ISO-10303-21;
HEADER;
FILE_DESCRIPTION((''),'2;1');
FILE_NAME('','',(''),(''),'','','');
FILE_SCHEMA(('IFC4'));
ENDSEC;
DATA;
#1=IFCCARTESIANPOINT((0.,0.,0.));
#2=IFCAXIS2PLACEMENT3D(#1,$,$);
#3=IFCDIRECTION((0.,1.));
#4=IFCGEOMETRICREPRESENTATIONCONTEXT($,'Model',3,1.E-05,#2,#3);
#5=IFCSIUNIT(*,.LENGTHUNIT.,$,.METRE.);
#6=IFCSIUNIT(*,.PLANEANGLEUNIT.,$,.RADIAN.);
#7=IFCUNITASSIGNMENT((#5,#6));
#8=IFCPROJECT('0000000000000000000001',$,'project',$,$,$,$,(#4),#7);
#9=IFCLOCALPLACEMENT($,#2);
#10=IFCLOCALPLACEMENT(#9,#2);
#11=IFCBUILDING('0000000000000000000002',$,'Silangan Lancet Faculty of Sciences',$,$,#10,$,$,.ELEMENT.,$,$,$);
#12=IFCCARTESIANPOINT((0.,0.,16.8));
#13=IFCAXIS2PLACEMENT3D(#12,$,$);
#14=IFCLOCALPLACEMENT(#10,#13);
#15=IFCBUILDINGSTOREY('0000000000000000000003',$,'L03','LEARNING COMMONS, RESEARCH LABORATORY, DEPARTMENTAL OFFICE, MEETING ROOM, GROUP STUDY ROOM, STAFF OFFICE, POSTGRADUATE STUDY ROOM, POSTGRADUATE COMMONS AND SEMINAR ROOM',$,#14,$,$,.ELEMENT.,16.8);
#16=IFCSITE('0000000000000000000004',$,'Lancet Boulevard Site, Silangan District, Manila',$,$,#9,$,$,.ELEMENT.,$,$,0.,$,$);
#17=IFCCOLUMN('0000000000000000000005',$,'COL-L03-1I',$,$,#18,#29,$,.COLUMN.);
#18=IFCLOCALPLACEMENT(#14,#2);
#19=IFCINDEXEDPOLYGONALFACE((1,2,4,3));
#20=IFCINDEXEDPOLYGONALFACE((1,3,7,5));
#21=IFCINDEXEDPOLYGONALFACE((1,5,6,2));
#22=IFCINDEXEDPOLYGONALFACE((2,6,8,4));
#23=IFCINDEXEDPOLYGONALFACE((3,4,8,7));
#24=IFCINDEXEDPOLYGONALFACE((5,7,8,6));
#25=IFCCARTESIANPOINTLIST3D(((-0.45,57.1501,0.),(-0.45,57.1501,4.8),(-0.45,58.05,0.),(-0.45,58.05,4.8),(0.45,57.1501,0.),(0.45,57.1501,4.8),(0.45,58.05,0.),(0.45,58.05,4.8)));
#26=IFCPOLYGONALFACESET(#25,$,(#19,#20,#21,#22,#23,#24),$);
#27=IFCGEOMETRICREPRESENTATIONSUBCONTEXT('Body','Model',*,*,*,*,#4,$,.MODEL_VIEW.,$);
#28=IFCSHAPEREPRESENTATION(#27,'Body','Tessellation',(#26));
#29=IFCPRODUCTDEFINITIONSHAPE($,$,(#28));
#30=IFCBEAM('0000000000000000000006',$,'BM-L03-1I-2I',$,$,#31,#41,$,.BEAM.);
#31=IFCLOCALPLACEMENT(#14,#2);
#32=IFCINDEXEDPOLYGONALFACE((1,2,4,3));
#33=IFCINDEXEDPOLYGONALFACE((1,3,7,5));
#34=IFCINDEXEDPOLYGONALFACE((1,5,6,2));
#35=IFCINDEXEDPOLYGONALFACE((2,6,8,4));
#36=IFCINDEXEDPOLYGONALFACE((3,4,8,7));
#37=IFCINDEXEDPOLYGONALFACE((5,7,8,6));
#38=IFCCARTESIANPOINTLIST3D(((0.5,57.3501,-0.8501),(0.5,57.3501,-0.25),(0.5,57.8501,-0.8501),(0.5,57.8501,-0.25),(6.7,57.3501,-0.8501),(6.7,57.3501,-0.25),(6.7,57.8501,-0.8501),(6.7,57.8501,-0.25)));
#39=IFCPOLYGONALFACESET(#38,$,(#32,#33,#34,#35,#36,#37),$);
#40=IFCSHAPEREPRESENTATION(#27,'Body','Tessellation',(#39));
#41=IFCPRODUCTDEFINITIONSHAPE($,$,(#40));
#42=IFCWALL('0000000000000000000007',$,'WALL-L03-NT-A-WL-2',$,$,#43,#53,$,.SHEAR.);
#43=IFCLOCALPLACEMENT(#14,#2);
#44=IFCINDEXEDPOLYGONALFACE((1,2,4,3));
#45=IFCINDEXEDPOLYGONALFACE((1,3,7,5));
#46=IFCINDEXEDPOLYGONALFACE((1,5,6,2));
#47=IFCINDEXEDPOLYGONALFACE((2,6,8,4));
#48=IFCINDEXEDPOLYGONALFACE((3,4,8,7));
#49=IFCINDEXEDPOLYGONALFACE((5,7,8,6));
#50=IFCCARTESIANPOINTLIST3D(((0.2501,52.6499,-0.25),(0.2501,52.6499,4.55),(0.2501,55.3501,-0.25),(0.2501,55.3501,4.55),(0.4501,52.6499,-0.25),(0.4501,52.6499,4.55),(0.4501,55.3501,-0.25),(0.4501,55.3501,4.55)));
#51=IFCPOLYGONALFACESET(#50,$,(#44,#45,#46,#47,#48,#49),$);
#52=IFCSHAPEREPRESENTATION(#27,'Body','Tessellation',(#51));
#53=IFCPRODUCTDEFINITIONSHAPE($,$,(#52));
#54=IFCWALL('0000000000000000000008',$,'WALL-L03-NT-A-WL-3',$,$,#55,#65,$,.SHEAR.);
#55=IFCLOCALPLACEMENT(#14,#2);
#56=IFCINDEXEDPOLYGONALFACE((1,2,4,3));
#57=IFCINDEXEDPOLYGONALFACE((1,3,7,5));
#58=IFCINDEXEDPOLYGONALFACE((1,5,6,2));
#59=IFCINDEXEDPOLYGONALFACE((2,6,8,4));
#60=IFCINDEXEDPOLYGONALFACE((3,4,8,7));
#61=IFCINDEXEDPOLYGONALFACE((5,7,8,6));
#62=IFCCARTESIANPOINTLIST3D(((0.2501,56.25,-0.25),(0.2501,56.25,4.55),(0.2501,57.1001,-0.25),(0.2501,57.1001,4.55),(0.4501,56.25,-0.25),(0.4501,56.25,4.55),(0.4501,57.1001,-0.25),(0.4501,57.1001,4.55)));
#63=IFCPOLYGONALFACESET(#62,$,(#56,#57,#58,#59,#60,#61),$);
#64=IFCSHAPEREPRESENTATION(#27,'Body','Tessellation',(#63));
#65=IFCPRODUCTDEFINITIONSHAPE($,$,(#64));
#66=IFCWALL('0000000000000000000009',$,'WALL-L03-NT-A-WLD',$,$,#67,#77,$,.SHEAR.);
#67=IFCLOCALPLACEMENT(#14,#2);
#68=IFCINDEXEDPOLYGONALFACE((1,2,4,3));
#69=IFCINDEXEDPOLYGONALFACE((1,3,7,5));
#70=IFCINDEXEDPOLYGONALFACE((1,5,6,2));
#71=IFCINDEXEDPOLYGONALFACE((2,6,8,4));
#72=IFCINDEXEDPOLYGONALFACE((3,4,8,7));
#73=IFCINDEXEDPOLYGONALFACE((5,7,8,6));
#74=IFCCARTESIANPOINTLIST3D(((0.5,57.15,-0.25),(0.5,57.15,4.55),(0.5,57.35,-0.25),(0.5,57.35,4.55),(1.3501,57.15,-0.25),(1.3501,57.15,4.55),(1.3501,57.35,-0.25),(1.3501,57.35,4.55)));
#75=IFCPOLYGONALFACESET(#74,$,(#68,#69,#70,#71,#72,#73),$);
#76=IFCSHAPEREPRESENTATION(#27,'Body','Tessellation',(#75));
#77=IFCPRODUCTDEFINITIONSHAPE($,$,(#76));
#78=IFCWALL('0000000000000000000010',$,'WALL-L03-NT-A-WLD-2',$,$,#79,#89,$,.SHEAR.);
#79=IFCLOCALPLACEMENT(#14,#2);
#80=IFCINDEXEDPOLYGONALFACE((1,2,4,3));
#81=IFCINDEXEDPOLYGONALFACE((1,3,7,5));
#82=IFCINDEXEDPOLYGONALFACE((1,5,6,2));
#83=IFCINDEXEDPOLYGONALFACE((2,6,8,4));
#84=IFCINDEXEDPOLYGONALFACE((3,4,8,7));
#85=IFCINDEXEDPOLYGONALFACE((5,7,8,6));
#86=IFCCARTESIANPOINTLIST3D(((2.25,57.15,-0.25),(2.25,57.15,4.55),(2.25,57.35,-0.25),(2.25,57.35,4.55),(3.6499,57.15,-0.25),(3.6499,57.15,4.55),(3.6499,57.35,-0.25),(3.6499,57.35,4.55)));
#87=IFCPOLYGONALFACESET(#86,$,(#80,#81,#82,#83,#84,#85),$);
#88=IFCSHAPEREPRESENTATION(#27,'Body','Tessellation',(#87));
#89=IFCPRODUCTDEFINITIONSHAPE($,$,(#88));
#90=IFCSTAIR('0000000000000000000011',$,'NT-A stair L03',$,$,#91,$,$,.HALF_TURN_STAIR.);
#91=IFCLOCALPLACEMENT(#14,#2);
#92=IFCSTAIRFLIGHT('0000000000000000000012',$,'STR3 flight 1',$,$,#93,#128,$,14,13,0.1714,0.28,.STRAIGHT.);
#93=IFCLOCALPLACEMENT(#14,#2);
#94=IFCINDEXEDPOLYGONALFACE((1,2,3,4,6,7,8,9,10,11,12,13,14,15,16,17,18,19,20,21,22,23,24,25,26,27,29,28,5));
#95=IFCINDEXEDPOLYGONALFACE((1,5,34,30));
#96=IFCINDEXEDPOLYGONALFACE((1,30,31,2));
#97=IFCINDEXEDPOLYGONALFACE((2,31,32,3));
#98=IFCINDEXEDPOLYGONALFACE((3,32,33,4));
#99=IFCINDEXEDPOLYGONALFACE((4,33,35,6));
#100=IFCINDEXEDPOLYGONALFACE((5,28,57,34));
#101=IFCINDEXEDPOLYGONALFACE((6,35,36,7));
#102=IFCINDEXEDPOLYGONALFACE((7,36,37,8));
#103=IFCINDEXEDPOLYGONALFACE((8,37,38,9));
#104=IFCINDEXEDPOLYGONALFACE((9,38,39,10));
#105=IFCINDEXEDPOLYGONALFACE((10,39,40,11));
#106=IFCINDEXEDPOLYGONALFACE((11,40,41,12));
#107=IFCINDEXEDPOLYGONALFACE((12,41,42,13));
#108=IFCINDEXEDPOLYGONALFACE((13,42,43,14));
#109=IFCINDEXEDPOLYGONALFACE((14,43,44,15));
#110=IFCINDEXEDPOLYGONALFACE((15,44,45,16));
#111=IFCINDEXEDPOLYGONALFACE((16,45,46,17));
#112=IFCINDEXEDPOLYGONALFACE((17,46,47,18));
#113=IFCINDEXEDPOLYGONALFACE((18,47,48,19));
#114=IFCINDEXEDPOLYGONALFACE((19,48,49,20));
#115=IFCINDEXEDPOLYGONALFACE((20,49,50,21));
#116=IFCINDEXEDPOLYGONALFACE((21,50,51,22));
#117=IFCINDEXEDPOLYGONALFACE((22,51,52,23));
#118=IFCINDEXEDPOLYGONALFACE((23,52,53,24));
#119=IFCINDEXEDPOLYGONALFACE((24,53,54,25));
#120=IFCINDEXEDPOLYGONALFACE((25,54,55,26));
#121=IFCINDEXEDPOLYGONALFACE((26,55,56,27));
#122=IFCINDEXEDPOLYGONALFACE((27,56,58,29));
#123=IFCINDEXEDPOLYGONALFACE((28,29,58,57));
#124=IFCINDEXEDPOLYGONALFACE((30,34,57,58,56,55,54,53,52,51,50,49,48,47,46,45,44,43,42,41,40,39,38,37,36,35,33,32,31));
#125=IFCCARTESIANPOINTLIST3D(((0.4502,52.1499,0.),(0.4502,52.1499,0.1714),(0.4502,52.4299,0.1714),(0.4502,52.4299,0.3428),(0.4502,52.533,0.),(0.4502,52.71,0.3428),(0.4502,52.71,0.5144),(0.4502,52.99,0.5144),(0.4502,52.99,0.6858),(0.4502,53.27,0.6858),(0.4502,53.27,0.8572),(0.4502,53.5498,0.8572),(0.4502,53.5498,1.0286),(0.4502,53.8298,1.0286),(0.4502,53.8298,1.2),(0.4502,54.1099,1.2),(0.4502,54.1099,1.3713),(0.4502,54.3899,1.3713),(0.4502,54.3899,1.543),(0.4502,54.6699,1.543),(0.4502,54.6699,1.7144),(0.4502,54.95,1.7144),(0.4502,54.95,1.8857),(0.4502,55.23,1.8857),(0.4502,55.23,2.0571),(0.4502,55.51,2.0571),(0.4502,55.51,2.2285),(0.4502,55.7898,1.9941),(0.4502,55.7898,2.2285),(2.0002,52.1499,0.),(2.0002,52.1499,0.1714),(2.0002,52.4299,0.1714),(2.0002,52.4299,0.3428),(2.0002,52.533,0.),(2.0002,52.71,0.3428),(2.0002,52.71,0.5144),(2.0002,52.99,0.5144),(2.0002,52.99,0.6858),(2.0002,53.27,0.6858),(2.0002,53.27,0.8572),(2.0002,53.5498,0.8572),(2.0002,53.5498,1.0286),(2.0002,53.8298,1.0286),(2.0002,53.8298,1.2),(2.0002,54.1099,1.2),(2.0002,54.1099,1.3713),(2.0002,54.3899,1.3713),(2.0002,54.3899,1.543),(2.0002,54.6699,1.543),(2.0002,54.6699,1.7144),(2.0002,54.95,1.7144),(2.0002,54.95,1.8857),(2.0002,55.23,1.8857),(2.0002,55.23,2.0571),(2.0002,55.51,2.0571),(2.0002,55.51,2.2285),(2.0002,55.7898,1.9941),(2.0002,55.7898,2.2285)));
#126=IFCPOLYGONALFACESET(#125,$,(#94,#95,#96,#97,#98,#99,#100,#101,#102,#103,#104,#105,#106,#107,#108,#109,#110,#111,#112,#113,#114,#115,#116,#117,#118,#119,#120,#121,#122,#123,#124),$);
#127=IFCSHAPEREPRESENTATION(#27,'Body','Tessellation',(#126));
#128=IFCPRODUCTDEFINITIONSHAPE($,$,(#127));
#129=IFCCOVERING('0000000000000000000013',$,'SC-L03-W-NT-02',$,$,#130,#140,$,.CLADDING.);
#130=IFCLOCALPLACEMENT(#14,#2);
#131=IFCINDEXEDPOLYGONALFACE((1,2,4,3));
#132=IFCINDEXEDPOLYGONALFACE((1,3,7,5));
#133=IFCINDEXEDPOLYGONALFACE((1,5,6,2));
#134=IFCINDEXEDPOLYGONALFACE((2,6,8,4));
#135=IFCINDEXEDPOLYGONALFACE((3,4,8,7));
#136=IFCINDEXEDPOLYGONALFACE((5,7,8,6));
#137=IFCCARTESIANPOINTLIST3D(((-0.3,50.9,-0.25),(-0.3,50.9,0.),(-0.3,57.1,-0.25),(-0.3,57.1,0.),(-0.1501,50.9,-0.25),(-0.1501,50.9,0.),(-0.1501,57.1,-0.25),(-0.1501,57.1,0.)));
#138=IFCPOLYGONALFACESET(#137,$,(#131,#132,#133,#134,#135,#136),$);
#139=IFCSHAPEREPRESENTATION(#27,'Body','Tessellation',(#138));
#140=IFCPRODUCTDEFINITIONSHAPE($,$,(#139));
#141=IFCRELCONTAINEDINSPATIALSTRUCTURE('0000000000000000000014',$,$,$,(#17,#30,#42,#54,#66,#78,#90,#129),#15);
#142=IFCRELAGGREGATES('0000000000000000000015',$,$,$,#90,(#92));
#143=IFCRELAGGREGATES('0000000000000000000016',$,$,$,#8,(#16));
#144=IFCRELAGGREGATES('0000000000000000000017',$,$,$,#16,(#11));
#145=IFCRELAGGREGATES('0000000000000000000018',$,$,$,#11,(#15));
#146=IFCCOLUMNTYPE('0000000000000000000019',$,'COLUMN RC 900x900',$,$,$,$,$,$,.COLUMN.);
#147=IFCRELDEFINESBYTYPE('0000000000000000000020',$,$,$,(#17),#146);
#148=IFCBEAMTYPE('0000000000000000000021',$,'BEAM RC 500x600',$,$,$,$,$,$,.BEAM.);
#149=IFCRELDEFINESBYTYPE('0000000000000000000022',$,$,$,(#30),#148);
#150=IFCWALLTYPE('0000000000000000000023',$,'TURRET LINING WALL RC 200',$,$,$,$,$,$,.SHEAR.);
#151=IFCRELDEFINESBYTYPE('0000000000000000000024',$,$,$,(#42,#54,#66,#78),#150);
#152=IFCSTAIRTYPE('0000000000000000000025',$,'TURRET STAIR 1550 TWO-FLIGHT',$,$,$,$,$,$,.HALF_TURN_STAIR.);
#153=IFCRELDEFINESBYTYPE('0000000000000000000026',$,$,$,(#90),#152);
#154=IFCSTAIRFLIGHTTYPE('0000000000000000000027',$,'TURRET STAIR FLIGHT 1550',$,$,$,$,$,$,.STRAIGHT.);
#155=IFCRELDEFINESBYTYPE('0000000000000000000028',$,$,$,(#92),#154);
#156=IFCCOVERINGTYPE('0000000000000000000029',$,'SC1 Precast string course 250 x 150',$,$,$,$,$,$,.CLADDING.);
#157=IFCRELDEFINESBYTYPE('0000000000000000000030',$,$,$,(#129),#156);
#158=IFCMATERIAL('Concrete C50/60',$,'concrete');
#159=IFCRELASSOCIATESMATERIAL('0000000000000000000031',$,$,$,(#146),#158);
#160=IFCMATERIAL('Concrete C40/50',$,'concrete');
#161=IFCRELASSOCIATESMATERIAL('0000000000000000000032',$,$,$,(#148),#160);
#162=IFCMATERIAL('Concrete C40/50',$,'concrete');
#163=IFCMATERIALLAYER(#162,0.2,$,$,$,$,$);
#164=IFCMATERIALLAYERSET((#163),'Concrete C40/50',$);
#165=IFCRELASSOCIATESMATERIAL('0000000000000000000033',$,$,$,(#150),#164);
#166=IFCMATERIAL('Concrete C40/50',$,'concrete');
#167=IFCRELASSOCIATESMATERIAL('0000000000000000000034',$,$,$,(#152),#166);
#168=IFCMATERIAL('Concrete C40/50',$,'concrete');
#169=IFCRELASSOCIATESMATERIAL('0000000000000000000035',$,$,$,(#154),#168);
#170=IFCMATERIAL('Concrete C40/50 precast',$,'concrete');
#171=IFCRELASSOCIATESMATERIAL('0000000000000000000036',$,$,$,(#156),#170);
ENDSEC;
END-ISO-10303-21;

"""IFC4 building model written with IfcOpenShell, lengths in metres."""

from ifc_helpers import new_model, si_unit, direction, frame, frame_2d, origin, origin_2d, place, context, subcontext, project, spatial, polyline, rectangle, outline, extrude, material, layer, layer_set, material_profile, profile_set, type_object, element, aggregate, save


model = new_model("IFC4")

# Units and contexts
model_context = context("Model", 3, precision=1e-05, world=origin(), true_north=direction((0.0, 1.0)))
body_context = subcontext(model_context, "Body", "Model", "MODEL_VIEW")
ifc_project = project(units=[si_unit("LENGTHUNIT", "METRE"), si_unit("PLANEANGLEUNIT", "RADIAN")], contexts=[model_context])

# Site, building, storey
site_placement = place(None, origin())
site = spatial("IfcSite", under=ifc_project, at=site_placement, Name="Lancet Boulevard Site, Silangan District, Manila", CompositionType="ELEMENT", RefElevation=0.0)
building_placement = place(site_placement, origin())
building = spatial("IfcBuilding", under=site, at=building_placement, Name="Silangan Lancet Faculty of Sciences", CompositionType="ELEMENT")
storey_placement = place(building_placement, frame((0.0, 0.0, 16.8)))
storey = spatial("IfcBuildingStorey", under=building, at=storey_placement, Name="L03", Description="LEARNING COMMONS, RESEARCH LABORATORY, DEPARTMENTAL OFFICE, MEETING ROOM, GROUP STUDY ROOM, STAFF OFFICE, POSTGRADUATE STUDY ROOM, POSTGRADUATE COMMONS AND SEMINAR ROOM", CompositionType="ELEMENT", Elevation=16.8)

# Column
ifc_material_1 = material(Name="Concrete C50/60", Category="concrete")
ifc_material_profile_1 = material_profile(ifc_material_1, rectangle(XDim=0.8999, YDim=0.8999, at=origin_2d()), Name="RC 900x900")
ifc_profile_set_1 = profile_set([ifc_material_profile_1], Name="Concrete C50/60")
column_type = type_object("IfcColumnType", Name="COLUMN RC 900x900", PredefinedType="COLUMN", material=ifc_profile_set_1)
column_placement = place(storey_placement, frame((0.0, 57.6001, 0.0), z_axis=(0.0, 0.0, 1.0), x_axis=(1.0, 0.0, 0.0)))
element("IfcColumn", 1, at=column_placement, inside=storey, type_object=column_type, Name="COL-L03-1I", PredefinedType="COLUMN", context=body_context, shape_type="SweptSolid", body=[
    extrude(rectangle(XDim=0.8999, YDim=0.8999, at=origin_2d()), origin(), (0.0, 0.0, 1.0), 4.8),
])

# Beam
ifc_material_2 = material(Name="Concrete C40/50", Category="concrete")
ifc_material_profile_2 = material_profile(ifc_material_2, rectangle(XDim=0.5, YDim=0.6001, at=origin_2d()), Name="RC 500x600")
ifc_profile_set_2 = profile_set([ifc_material_profile_2], Name="Concrete C40/50")
beam_type = type_object("IfcBeamType", Name="BEAM RC 500x600", PredefinedType="BEAM", material=ifc_profile_set_2)
beam_placement = place(storey_placement, frame((0.5, 57.6001, -0.55), z_axis=(1.0, 0.0, 0.0), x_axis=(0.0, 1.0, 0.0)))
element("IfcBeam", 2, at=beam_placement, inside=storey, type_object=beam_type, Name="BM-L03-1I-2I", PredefinedType="BEAM", context=body_context, shape_type="SweptSolid", body=[
    extrude(rectangle(XDim=0.5, YDim=0.6001, at=origin_2d()), origin(), (0.0, 0.0, 1.0), 6.2),
])

# Walls
ifc_material_3 = material(Name="Concrete C40/50", Category="concrete")
ifc_layer = layer(ifc_material_3, 0.2)
ifc_layer_set = layer_set([ifc_layer], Name="Concrete C40/50")
wall_type = type_object("IfcWallType", Name="TURRET LINING WALL RC 200", PredefinedType="SHEAR", material=ifc_layer_set)
wall_1_placement = place(storey_placement, frame((0.3501, 52.6499, -0.25), z_axis=(0.0, 0.0, 1.0), x_axis=(0.0, 1.0, 0.0)))
element("IfcWall", 3, at=wall_1_placement, inside=storey, type_object=wall_type, Name="WALL-L03-NT-A-WL-2", PredefinedType="SHEAR", context=body_context, shape_type="SweptSolid", body=[
    extrude(rectangle(XDim=2.7002, YDim=0.2, at=frame_2d((1.3501, 0.0))), origin(), (0.0, 0.0, 1.0), 4.8),
])
for number, where, z_axis, x_axis, name in (
    (4, (0.3501, 56.25, -0.25), (0.0, 0.0, 1.0), (0.0, 1.0, 0.0), "WALL-L03-NT-A-WL-3"),
    (5, (0.5, 57.25, -0.25), (0.0, 0.0, 1.0), (1.0, 0.0, 0.0), "WALL-L03-NT-A-WLD"),
):
    element("IfcWall", number, at=place(storey_placement, frame(where, z_axis=z_axis, x_axis=x_axis)), inside=storey, type_object=wall_type, Name=name, PredefinedType="SHEAR", context=body_context, shape_type="SweptSolid", body=[
        extrude(rectangle(XDim=0.8501, YDim=0.2, at=frame_2d((0.425, 0.0))), origin(), (0.0, 0.0, 1.0), 4.8),
    ])
wall_2_placement = place(storey_placement, frame((2.25, 57.25, -0.25), z_axis=(0.0, 0.0, 1.0), x_axis=(1.0, 0.0, 0.0)))
element("IfcWall", 6, at=wall_2_placement, inside=storey, type_object=wall_type, Name="WALL-L03-NT-A-WLD-2", PredefinedType="SHEAR", context=body_context, shape_type="SweptSolid", body=[
    extrude(rectangle(XDim=1.3999, YDim=0.2, at=frame_2d((0.7, 0.0))), origin(), (0.0, 0.0, 1.0), 4.8),
])

# Stair, stair flight
ifc_material_4 = material(Name="Concrete C40/50", Category="concrete")
stair_type = type_object("IfcStairType", Name="TURRET STAIR 1550 TWO-FLIGHT", PredefinedType="HALF_TURN_STAIR", material=ifc_material_4)
stair_placement = place(storey_placement, origin())
stair = element("IfcStair", 7, at=stair_placement, inside=storey, type_object=stair_type, Name="NT-A stair L03", PredefinedType="HALF_TURN_STAIR")
ifc_material_5 = material(Name="Concrete C40/50", Category="concrete")
stair_flight_type = type_object("IfcStairFlightType", Name="TURRET STAIR FLIGHT 1550", PredefinedType="STRAIGHT", material=ifc_material_5)
stair_flight_placement = place(storey_placement, frame((1.2251, 52.1499, 0.0), z_axis=(0.0, 0.0, 1.0), x_axis=(0.0, 1.0, 0.0)))
stair_flight = element("IfcStairFlight", 8, at=stair_flight_placement, type_object=stair_flight_type, Name="STR3 flight 1", NumberOfRisers=14, NumberOfTreads=13, PredefinedType="STRAIGHT", RiserHeight=0.1714, TreadLength=0.28, context=body_context, shape_type="SweptSolid", body=[
    extrude(outline(polyline([(0.0, 0.0), (0.0, 0.1714), (0.28, 0.1714), (0.28, 0.3428), (0.5601, 0.3428), (0.5601, 0.5144), (0.8401, 0.5144), (0.8401, 0.6858), (1.1201, 0.6858), (1.1201, 0.8572), (1.3999, 0.8572), (1.3999, 1.0286), (1.6799, 1.0286), (1.6799, 1.2), (1.96, 1.2), (1.96, 1.3713), (2.24, 1.3713), (2.24, 1.543), (2.52, 1.543), (2.52, 1.7144), (2.8, 1.7144), (2.8, 1.8857), (3.0801, 1.8857), (3.0801, 2.0571), (3.3601, 2.0571), (3.3601, 2.2285), (3.6399, 2.2285), (3.6399, 2.3999), (3.6399, 1.9941), (0.3831, 0.0), (0.0, 0.0)])), frame((0.0, 0.7749, 0.0), z_axis=(0.0, -1.0, 0.0), x_axis=(1.0, 0.0, 0.0)), (0.0, 0.0, 1.0), 1.55),
])
aggregate(stair, [stair_flight])

# Covering
ifc_material_6 = material(Name="Concrete C40/50 precast", Category="concrete")
covering_type = type_object("IfcCoveringType", Name="SC1 Precast string course 250 x 150", PredefinedType="CLADDING", material=ifc_material_6)
covering_placement = place(storey_placement, frame((-0.2251, 54.0, -0.25), z_axis=(0.0, 0.0, 1.0), x_axis=(1.0, 0.0, 0.0)))
element("IfcCovering", 9, at=covering_placement, inside=storey, type_object=covering_type, Name="SC-L03-W-NT-02", PredefinedType="CLADDING", context=body_context, shape_type="SweptSolid", body=[
    extrude(rectangle(XDim=0.1499, YDim=6.2, at=origin_2d()), origin(), (0.0, 0.0, 1.0), 0.25),
])

save(model, "model.ifc")
